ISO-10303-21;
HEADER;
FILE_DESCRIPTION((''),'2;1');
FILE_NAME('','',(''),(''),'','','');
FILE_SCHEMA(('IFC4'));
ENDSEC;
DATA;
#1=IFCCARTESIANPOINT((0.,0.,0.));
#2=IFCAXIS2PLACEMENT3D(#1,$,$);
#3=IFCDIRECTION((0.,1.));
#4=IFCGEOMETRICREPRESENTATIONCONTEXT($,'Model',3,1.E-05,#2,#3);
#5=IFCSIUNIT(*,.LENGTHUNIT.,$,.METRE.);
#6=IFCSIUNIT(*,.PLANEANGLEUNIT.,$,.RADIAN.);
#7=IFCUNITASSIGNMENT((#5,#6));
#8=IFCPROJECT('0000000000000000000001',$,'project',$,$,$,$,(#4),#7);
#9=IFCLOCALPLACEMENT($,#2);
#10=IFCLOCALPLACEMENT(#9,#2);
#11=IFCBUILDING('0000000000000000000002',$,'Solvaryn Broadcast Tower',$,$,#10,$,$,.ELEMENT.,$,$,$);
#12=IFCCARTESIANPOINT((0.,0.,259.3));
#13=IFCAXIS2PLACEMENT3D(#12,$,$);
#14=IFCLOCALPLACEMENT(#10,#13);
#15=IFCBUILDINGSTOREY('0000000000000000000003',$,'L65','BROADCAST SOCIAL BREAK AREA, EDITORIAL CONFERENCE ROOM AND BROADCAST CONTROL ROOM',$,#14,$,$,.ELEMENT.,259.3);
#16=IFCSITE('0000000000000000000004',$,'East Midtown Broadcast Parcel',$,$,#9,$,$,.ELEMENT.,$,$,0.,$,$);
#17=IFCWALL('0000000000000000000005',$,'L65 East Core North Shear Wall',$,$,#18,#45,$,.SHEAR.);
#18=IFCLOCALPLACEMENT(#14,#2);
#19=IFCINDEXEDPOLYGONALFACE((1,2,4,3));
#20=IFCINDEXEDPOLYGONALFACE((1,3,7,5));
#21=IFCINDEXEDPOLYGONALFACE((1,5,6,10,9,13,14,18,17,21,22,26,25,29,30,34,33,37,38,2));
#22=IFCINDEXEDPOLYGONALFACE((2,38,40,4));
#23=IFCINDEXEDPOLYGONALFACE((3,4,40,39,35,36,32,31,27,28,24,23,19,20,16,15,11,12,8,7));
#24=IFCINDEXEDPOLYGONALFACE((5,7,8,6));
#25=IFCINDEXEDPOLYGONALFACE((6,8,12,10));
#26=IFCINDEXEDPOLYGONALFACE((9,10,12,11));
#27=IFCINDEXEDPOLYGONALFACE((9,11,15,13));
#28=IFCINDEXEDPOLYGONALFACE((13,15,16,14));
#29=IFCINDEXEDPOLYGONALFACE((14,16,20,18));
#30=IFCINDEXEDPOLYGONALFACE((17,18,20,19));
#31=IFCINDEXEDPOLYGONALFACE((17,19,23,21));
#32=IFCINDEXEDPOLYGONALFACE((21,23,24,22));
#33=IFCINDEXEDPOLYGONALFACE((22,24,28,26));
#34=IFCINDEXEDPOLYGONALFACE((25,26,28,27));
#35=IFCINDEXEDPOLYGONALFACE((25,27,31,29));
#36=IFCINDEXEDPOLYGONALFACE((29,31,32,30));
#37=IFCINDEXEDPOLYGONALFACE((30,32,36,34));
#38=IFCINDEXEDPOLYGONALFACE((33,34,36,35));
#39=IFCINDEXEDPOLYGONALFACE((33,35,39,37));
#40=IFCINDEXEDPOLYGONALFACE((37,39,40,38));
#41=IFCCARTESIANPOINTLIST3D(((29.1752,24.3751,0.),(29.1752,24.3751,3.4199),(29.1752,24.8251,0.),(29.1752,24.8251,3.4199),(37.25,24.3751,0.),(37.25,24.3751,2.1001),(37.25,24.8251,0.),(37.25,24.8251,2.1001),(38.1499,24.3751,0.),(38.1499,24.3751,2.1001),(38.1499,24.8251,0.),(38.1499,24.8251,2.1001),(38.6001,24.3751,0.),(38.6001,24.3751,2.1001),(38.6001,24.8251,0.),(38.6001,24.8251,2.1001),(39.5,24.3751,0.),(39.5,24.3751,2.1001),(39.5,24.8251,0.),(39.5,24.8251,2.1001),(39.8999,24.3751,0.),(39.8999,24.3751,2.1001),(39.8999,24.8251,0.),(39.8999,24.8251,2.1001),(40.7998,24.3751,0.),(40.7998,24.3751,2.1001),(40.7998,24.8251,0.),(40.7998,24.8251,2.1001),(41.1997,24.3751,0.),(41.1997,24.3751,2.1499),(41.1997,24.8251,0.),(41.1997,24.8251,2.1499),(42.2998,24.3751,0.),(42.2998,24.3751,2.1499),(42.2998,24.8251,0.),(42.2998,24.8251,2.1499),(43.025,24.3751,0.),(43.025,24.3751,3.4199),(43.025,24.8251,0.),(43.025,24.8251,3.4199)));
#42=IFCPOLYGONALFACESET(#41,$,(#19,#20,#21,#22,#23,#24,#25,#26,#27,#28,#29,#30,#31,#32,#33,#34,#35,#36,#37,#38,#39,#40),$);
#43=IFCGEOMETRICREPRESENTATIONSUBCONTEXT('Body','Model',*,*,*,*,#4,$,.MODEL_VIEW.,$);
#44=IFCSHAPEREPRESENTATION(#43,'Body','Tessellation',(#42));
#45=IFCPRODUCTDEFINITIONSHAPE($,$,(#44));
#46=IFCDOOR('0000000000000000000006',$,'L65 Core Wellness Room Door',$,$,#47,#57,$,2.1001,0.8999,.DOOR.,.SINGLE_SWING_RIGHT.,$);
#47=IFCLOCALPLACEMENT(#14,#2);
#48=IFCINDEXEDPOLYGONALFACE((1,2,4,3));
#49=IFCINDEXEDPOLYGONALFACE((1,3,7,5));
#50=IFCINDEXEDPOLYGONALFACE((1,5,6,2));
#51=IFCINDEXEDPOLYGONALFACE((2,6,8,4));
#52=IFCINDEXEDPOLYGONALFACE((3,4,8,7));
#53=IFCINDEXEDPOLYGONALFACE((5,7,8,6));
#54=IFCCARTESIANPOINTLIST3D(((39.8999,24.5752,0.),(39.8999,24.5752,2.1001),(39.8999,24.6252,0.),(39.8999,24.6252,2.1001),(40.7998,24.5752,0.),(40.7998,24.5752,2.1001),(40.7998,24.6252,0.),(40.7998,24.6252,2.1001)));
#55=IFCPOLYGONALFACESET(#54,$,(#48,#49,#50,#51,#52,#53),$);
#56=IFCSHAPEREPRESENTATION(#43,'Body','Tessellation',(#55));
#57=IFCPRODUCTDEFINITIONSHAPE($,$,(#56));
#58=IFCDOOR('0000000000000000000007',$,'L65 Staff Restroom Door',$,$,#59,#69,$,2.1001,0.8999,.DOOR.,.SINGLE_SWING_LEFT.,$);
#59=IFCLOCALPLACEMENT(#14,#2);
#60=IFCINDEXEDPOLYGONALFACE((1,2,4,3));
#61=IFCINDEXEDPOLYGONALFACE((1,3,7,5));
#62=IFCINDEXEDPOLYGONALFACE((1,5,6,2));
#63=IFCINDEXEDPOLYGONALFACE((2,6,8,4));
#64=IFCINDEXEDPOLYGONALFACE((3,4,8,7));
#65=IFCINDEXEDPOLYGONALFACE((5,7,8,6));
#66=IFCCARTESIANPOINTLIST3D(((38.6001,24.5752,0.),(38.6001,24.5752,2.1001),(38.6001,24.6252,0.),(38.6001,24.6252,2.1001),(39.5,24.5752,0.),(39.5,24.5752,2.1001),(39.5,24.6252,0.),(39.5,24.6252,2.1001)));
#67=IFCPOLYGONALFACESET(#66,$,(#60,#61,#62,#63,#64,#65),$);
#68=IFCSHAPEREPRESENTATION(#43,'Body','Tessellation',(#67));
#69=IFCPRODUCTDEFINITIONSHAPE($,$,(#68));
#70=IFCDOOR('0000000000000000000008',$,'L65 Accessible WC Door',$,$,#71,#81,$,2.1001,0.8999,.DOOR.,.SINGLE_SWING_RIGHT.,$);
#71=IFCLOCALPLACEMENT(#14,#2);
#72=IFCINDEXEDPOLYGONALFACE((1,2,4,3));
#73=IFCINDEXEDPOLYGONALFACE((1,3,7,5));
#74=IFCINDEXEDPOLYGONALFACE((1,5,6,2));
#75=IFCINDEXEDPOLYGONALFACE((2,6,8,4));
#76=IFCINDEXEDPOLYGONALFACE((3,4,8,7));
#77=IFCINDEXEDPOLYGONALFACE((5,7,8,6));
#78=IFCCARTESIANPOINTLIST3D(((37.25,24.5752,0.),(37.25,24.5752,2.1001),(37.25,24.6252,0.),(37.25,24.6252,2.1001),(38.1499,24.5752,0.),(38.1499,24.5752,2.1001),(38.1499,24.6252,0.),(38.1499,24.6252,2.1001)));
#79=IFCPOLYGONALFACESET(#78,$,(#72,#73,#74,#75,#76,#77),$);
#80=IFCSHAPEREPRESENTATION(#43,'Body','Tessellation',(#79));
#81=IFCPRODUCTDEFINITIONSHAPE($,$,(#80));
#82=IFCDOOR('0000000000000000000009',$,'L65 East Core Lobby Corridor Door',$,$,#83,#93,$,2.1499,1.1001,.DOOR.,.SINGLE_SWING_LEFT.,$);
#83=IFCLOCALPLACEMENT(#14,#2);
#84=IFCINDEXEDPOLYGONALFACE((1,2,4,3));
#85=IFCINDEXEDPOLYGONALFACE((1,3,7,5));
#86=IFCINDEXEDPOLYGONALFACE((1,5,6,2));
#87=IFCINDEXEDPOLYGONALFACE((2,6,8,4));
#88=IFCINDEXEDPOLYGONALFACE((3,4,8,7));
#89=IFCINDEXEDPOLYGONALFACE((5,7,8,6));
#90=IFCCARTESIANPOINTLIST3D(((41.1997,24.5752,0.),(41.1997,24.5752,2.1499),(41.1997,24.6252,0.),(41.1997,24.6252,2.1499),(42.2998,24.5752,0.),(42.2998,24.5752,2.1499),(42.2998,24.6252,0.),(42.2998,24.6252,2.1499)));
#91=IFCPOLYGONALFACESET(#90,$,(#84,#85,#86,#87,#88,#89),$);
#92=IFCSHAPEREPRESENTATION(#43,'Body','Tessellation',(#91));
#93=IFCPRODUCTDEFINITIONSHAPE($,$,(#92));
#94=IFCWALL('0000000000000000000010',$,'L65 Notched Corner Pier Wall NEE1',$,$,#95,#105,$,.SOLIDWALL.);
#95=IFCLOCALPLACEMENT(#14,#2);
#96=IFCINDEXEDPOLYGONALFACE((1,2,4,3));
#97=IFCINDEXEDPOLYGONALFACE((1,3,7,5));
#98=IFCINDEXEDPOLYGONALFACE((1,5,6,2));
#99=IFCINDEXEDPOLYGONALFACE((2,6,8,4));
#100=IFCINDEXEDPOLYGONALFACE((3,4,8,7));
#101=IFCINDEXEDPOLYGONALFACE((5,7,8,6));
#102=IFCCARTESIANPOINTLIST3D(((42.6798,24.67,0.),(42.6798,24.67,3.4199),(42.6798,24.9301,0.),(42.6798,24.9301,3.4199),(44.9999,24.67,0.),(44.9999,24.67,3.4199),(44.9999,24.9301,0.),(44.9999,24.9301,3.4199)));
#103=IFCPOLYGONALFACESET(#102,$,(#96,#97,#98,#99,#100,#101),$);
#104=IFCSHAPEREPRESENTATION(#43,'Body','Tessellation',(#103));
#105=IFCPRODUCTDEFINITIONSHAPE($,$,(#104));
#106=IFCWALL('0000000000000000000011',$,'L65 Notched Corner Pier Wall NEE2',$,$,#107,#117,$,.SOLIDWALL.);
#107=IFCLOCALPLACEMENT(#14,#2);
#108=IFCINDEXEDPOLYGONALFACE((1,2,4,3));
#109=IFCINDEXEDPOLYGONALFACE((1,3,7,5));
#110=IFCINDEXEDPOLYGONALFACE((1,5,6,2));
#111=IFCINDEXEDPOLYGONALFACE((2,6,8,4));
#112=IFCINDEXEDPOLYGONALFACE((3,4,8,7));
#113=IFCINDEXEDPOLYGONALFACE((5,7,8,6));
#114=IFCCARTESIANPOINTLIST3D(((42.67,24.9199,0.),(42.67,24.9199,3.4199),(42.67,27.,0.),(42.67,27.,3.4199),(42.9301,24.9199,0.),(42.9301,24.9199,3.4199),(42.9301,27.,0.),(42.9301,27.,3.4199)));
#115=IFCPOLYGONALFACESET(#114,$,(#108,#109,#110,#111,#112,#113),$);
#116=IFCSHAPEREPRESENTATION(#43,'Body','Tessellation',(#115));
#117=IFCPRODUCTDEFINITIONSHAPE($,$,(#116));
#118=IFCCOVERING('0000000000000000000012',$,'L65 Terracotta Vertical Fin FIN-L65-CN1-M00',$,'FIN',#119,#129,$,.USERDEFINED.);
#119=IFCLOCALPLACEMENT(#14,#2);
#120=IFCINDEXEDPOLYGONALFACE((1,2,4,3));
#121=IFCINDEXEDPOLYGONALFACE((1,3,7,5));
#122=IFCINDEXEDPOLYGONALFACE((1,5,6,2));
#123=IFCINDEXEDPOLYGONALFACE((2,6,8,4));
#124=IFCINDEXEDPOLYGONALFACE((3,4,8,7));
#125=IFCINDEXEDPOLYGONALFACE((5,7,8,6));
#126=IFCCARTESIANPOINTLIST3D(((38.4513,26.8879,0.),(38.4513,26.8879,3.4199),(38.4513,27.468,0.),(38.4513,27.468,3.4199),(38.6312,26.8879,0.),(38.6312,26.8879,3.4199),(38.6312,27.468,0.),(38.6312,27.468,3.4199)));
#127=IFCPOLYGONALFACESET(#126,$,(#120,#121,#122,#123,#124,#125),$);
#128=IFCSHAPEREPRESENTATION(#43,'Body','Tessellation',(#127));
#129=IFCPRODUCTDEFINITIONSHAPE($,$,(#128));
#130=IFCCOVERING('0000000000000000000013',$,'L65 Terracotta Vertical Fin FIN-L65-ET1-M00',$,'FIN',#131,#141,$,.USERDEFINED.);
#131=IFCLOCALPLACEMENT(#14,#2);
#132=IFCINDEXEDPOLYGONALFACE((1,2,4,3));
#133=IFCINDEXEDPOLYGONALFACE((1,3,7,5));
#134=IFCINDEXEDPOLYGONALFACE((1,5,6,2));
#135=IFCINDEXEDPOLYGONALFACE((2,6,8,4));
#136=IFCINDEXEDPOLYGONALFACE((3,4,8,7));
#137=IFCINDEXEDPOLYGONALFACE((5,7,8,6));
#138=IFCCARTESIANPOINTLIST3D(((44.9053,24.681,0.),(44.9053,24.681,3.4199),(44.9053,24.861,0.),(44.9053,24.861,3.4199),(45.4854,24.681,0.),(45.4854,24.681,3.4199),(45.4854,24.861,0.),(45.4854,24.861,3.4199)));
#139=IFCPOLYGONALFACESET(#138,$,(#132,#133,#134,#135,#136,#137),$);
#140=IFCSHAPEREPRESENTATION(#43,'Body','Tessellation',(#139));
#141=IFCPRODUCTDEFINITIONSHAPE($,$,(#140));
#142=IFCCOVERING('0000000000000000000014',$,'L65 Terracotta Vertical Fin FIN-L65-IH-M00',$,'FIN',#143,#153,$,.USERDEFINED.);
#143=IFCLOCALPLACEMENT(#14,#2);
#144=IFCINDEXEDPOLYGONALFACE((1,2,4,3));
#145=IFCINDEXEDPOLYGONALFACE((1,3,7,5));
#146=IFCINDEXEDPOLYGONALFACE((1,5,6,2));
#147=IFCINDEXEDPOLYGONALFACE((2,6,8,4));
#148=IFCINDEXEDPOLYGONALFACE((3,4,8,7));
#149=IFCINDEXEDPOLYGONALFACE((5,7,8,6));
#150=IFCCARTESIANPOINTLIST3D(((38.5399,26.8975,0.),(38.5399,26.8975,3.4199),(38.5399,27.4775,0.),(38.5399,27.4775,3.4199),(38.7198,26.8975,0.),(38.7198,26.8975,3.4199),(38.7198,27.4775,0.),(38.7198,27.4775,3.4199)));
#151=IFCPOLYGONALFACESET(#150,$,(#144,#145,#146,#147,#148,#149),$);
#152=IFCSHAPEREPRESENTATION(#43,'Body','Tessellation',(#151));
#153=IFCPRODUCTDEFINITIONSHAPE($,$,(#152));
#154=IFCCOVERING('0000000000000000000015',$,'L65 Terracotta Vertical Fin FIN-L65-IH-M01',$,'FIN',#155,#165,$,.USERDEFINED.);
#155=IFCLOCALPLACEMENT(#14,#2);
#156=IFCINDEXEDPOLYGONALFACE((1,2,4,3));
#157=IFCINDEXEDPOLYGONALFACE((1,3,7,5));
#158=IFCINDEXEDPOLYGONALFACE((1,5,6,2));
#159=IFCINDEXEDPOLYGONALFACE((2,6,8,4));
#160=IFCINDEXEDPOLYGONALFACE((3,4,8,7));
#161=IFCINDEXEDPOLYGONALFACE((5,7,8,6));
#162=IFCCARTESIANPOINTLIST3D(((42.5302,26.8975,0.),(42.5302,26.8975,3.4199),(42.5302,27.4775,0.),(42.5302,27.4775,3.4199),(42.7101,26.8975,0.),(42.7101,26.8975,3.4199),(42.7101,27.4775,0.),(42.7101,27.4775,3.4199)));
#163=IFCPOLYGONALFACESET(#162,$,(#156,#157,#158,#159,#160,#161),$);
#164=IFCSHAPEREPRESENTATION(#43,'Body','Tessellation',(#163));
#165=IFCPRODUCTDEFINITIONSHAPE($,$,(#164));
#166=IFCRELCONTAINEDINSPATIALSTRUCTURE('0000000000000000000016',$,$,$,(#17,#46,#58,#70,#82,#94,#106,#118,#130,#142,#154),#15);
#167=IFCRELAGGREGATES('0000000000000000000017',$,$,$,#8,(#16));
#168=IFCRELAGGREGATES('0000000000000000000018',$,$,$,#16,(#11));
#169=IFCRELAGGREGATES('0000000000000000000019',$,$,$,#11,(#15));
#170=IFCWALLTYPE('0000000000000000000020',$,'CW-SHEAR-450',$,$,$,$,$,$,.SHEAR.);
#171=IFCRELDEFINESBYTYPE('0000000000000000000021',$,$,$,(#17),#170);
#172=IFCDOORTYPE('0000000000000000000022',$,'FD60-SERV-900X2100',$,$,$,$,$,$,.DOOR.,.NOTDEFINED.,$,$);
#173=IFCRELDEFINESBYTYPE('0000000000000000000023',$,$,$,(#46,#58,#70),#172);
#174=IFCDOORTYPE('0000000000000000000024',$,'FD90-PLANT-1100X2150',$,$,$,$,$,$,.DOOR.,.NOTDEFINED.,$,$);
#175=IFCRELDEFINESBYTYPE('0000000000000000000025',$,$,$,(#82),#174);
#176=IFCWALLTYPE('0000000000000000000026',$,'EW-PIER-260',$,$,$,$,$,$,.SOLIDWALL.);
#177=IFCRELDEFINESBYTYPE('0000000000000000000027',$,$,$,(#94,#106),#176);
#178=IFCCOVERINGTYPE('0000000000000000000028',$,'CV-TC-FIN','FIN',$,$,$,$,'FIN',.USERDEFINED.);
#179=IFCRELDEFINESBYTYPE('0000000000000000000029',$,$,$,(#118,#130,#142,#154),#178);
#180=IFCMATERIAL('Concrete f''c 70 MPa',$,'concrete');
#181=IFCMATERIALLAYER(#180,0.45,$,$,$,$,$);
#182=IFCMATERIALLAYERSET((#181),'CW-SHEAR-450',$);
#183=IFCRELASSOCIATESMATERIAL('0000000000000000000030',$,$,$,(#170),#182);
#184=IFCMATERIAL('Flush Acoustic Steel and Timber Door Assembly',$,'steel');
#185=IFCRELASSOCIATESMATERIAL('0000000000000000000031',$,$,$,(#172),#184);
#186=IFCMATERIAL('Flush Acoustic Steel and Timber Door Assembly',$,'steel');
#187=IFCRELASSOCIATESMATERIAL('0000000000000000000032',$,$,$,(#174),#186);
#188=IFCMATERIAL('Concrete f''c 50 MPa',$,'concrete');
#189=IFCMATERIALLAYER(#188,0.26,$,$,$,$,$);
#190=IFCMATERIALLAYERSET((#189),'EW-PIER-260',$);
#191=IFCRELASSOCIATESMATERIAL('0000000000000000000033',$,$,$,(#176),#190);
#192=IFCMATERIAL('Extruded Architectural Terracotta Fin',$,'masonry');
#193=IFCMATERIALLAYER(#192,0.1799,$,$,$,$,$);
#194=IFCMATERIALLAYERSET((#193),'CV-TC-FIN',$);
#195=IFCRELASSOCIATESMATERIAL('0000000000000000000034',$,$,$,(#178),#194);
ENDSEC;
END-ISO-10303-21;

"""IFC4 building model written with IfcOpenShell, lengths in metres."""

from ifc_helpers import new_model, si_unit, direction, frame, frame_2d, origin, origin_2d, place, context, subcontext, project, spatial, rectangle, extrude, material, layer, layer_set, type_object, element, fill, save


model = new_model("IFC4")

# Units and contexts
model_context = context("Model", 3, precision=1e-05, world=origin(), true_north=direction((0.0, 1.0)))
body_context = subcontext(model_context, "Body", "Model", "MODEL_VIEW")
ifc_project = project(units=[si_unit("LENGTHUNIT", "METRE"), si_unit("PLANEANGLEUNIT", "RADIAN")], contexts=[model_context])

# Site, building, storey
site_placement = place(None, origin())
site = spatial("IfcSite", under=ifc_project, at=site_placement, Name="East Midtown Broadcast Parcel", CompositionType="ELEMENT", RefElevation=0.0)
building_placement = place(site_placement, origin())
building = spatial("IfcBuilding", under=site, at=building_placement, Name="Solvaryn Broadcast Tower", CompositionType="ELEMENT")
storey_placement = place(building_placement, frame((0.0, 0.0, 259.3)))
storey = spatial("IfcBuildingStorey", under=building, at=storey_placement, Name="L65", Description="BROADCAST SOCIAL BREAK AREA, EDITORIAL CONFERENCE ROOM AND BROADCAST CONTROL ROOM", CompositionType="ELEMENT", Elevation=259.3)

# Wall, openings, doors
ifc_material_1 = material(Name="Concrete f'c 70 MPa", Category="concrete")
ifc_layer_1 = layer(ifc_material_1, 0.45)
ifc_layer_set_1 = layer_set([ifc_layer_1], Name="CW-SHEAR-450")
wall_type_1 = type_object("IfcWallType", Name="CW-SHEAR-450", PredefinedType="SHEAR", material=ifc_layer_set_1)
wall_1_placement = place(storey_placement, frame((43.0249, 24.6001, 0.0), z_axis=(0.0, 0.0, 1.0), x_axis=(-1.0, 0.0, 0.0)))
wall_1 = element("IfcWall", 1, at=wall_1_placement, inside=storey, type_object=wall_type_1, Name="L65 East Core North Shear Wall", PredefinedType="SHEAR", context=body_context, shape_type="SweptSolid", body=[
    extrude(rectangle(XDim=13.8499, YDim=0.45, at=frame_2d((6.9248, 0.0))), origin(), (0.0, 0.0, 1.0), 3.4199),
])
opening_1_placement = place(wall_1_placement, frame((0.7251, 0.0, 0.0)))
opening_1 = element("IfcOpeningElement", 2, at=opening_1_placement, cuts=wall_1, PredefinedType="OPENING", context=body_context, shape_type="SweptSolid", body=[
    extrude(rectangle(XDim=1.1001, YDim=2.1499, at=frame_2d((0.55, 1.075))), frame((0.0, 0.2351, 0.0), z_axis=(0.0, -1.0, 0.0), x_axis=(1.0, 0.0, 0.0)), (0.0, 0.0, 1.0), 0.47),
])
opening_2_placement = place(wall_1_placement, frame((2.2251, 0.0, 0.0)))
opening_2 = element("IfcOpeningElement", 3, at=opening_2_placement, cuts=wall_1, PredefinedType="OPENING", context=body_context, shape_type="SweptSolid", body=[
    extrude(rectangle(XDim=0.8999, YDim=2.1001, at=frame_2d((0.45, 1.05))), frame((0.0, 0.2351, 0.0), z_axis=(0.0, -1.0, 0.0), x_axis=(1.0, 0.0, 0.0)), (0.0, 0.0, 1.0), 0.47),
])
opening_3_placement = place(wall_1_placement, frame((3.5249, 0.0, 0.0)))
opening_3 = element("IfcOpeningElement", 4, at=opening_3_placement, cuts=wall_1, PredefinedType="OPENING", context=body_context, shape_type="SweptSolid", body=[
    extrude(rectangle(XDim=0.8999, YDim=2.1001, at=frame_2d((0.45, 1.05))), frame((0.0, 0.2351, 0.0), z_axis=(0.0, -1.0, 0.0), x_axis=(1.0, 0.0, 0.0)), (0.0, 0.0, 1.0), 0.47),
])
opening_4_placement = place(wall_1_placement, frame((4.875, 0.0, 0.0)))
opening_4 = element("IfcOpeningElement", 5, at=opening_4_placement, cuts=wall_1, PredefinedType="OPENING", context=body_context, shape_type="SweptSolid", body=[
    extrude(rectangle(XDim=0.8999, YDim=2.1001, at=frame_2d((0.45, 1.05))), frame((0.0, 0.2351, 0.0), z_axis=(0.0, -1.0, 0.0), x_axis=(1.0, 0.0, 0.0)), (0.0, 0.0, 1.0), 0.47),
])
ifc_material_2 = material(Name="Flush Acoustic Steel and Timber Door Assembly", Category="steel")
door_type_1 = type_object("IfcDoorType", Name="FD60-SERV-900X2100", OperationType="NOTDEFINED", PredefinedType="DOOR", material=ifc_material_2)
door_1_placement = place(opening_2_placement, origin())
door_1 = element("IfcDoor", 6, at=door_1_placement, inside=storey, type_object=door_type_1, Name="L65 Core Wellness Room Door", OperationType="SINGLE_SWING_RIGHT", OverallHeight=2.1001, OverallWidth=0.8999, PredefinedType="DOOR", context=body_context, shape_type="SweptSolid", body=[
    extrude(rectangle(XDim=0.8999, YDim=2.1001, at=frame_2d((0.45, 1.05))), frame((0.0, 0.0249, 0.0), z_axis=(0.0, -1.0, 0.0), x_axis=(1.0, 0.0, 0.0)), (0.0, 0.0, 1.0), 0.05),
])
fill(opening_2, door_1)
door_2_placement = place(opening_3_placement, origin())
door_2 = element("IfcDoor", 7, at=door_2_placement, inside=storey, type_object=door_type_1, Name="L65 Staff Restroom Door", OperationType="SINGLE_SWING_LEFT", OverallHeight=2.1001, OverallWidth=0.8999, PredefinedType="DOOR", context=body_context, shape_type="SweptSolid", body=[
    extrude(rectangle(XDim=0.8999, YDim=2.1001, at=frame_2d((0.45, 1.05))), frame((0.0, 0.0249, 0.0), z_axis=(0.0, -1.0, 0.0), x_axis=(1.0, 0.0, 0.0)), (0.0, 0.0, 1.0), 0.05),
])
fill(opening_3, door_2)
door_3_placement = place(opening_4_placement, origin())
door_3 = element("IfcDoor", 8, at=door_3_placement, inside=storey, type_object=door_type_1, Name="L65 Accessible WC Door", OperationType="SINGLE_SWING_RIGHT", OverallHeight=2.1001, OverallWidth=0.8999, PredefinedType="DOOR", context=body_context, shape_type="SweptSolid", body=[
    extrude(rectangle(XDim=0.8999, YDim=2.1001, at=frame_2d((0.45, 1.05))), frame((0.0, 0.0249, 0.0), z_axis=(0.0, -1.0, 0.0), x_axis=(1.0, 0.0, 0.0)), (0.0, 0.0, 1.0), 0.05),
])
fill(opening_4, door_3)
ifc_material_3 = material(Name="Flush Acoustic Steel and Timber Door Assembly", Category="steel")
door_type_2 = type_object("IfcDoorType", Name="FD90-PLANT-1100X2150", OperationType="NOTDEFINED", PredefinedType="DOOR", material=ifc_material_3)
door_4_placement = place(opening_1_placement, origin())
door_4 = element("IfcDoor", 9, at=door_4_placement, inside=storey, type_object=door_type_2, Name="L65 East Core Lobby Corridor Door", OperationType="SINGLE_SWING_LEFT", OverallHeight=2.1499, OverallWidth=1.1001, PredefinedType="DOOR", context=body_context, shape_type="SweptSolid", body=[
    extrude(rectangle(XDim=1.1001, YDim=2.1499, at=frame_2d((0.55, 1.075))), frame((0.0, 0.0249, 0.0), z_axis=(0.0, -1.0, 0.0), x_axis=(1.0, 0.0, 0.0)), (0.0, 0.0, 1.0), 0.05),
])
fill(opening_1, door_4)

# Walls
ifc_material_4 = material(Name="Concrete f'c 50 MPa", Category="concrete")
ifc_layer_2 = layer(ifc_material_4, 0.26)
ifc_layer_set_2 = layer_set([ifc_layer_2], Name="EW-PIER-260")
wall_type_2 = type_object("IfcWallType", Name="EW-PIER-260", PredefinedType="SOLIDWALL", material=ifc_layer_set_2)
wall_2_placement = place(storey_placement, frame((45.0, 24.8, 0.0), z_axis=(0.0, 0.0, 1.0), x_axis=(-1.0, 0.0, 0.0)))
element("IfcWall", 10, at=wall_2_placement, inside=storey, type_object=wall_type_2, Name="L65 Notched Corner Pier Wall NEE1", PredefinedType="SOLIDWALL", context=body_context, shape_type="SweptSolid", body=[
    extrude(rectangle(XDim=2.3201, YDim=0.26, at=frame_2d((1.1602, 0.0))), origin(), (0.0, 0.0, 1.0), 3.4199),
])
wall_3_placement = place(storey_placement, frame((42.8, 24.9199, 0.0), z_axis=(0.0, 0.0, 1.0), x_axis=(0.0, 1.0, 0.0)))
element("IfcWall", 11, at=wall_3_placement, inside=storey, type_object=wall_type_2, Name="L65 Notched Corner Pier Wall NEE2", PredefinedType="SOLIDWALL", context=body_context, shape_type="SweptSolid", body=[
    extrude(rectangle(XDim=2.0801, YDim=0.26, at=frame_2d((1.04, 0.0))), origin(), (0.0, 0.0, 1.0), 3.4199),
])

# Coverings
ifc_material_5 = material(Name="Extruded Architectural Terracotta Fin", Category="masonry")
ifc_layer_3 = layer(ifc_material_5, 0.1799)
ifc_layer_set_3 = layer_set([ifc_layer_3], Name="CV-TC-FIN")
covering_type = type_object("IfcCoveringType", Name="CV-TC-FIN", Description="FIN", ElementType="FIN", PredefinedType="USERDEFINED", material=ifc_layer_set_3)
covering_1_placement = place(storey_placement, frame((38.5413, 27.178, 0.0), z_axis=(0.0, 0.0, 1.0), x_axis=(1.0, 0.0, 0.0)))
element("IfcCovering", 12, at=covering_1_placement, inside=storey, type_object=covering_type, Name="L65 Terracotta Vertical Fin FIN-L65-CN1-M00", ObjectType="FIN", PredefinedType="USERDEFINED", context=body_context, shape_type="SweptSolid", body=[
    extrude(rectangle(XDim=0.1799, YDim=0.5801, at=origin_2d()), origin(), (0.0, 0.0, 1.0), 3.4199),
])
covering_2_placement = place(storey_placement, frame((45.1953, 24.771, 0.0), z_axis=(0.0, 0.0, 1.0), x_axis=(1.0, 0.0, 0.0)))
element("IfcCovering", 13, at=covering_2_placement, inside=storey, type_object=covering_type, Name="L65 Terracotta Vertical Fin FIN-L65-ET1-M00", ObjectType="FIN", PredefinedType="USERDEFINED", context=body_context, shape_type="SweptSolid", body=[
    extrude(rectangle(XDim=0.5801, YDim=0.1799, at=origin_2d()), origin(), (0.0, 0.0, 1.0), 3.4199),
])
for number, where, z_axis, x_axis, name in (
    (14, (38.6299, 27.1875, 0.0), (0.0, 0.0, 1.0), (1.0, 0.0, 0.0), "L65 Terracotta Vertical Fin FIN-L65-IH-M00"),
    (15, (42.6201, 27.1875, 0.0), (0.0, 0.0, 1.0), (1.0, 0.0, 0.0), "L65 Terracotta Vertical Fin FIN-L65-IH-M01"),
):
    element("IfcCovering", number, at=place(storey_placement, frame(where, z_axis=z_axis, x_axis=x_axis)), inside=storey, type_object=covering_type, Name=name, ObjectType="FIN", PredefinedType="USERDEFINED", context=body_context, shape_type="SweptSolid", body=[
        extrude(rectangle(XDim=0.1799, YDim=0.5801, at=origin_2d()), origin(), (0.0, 0.0, 1.0), 3.4199),
    ])

save(model, "model.ifc")
